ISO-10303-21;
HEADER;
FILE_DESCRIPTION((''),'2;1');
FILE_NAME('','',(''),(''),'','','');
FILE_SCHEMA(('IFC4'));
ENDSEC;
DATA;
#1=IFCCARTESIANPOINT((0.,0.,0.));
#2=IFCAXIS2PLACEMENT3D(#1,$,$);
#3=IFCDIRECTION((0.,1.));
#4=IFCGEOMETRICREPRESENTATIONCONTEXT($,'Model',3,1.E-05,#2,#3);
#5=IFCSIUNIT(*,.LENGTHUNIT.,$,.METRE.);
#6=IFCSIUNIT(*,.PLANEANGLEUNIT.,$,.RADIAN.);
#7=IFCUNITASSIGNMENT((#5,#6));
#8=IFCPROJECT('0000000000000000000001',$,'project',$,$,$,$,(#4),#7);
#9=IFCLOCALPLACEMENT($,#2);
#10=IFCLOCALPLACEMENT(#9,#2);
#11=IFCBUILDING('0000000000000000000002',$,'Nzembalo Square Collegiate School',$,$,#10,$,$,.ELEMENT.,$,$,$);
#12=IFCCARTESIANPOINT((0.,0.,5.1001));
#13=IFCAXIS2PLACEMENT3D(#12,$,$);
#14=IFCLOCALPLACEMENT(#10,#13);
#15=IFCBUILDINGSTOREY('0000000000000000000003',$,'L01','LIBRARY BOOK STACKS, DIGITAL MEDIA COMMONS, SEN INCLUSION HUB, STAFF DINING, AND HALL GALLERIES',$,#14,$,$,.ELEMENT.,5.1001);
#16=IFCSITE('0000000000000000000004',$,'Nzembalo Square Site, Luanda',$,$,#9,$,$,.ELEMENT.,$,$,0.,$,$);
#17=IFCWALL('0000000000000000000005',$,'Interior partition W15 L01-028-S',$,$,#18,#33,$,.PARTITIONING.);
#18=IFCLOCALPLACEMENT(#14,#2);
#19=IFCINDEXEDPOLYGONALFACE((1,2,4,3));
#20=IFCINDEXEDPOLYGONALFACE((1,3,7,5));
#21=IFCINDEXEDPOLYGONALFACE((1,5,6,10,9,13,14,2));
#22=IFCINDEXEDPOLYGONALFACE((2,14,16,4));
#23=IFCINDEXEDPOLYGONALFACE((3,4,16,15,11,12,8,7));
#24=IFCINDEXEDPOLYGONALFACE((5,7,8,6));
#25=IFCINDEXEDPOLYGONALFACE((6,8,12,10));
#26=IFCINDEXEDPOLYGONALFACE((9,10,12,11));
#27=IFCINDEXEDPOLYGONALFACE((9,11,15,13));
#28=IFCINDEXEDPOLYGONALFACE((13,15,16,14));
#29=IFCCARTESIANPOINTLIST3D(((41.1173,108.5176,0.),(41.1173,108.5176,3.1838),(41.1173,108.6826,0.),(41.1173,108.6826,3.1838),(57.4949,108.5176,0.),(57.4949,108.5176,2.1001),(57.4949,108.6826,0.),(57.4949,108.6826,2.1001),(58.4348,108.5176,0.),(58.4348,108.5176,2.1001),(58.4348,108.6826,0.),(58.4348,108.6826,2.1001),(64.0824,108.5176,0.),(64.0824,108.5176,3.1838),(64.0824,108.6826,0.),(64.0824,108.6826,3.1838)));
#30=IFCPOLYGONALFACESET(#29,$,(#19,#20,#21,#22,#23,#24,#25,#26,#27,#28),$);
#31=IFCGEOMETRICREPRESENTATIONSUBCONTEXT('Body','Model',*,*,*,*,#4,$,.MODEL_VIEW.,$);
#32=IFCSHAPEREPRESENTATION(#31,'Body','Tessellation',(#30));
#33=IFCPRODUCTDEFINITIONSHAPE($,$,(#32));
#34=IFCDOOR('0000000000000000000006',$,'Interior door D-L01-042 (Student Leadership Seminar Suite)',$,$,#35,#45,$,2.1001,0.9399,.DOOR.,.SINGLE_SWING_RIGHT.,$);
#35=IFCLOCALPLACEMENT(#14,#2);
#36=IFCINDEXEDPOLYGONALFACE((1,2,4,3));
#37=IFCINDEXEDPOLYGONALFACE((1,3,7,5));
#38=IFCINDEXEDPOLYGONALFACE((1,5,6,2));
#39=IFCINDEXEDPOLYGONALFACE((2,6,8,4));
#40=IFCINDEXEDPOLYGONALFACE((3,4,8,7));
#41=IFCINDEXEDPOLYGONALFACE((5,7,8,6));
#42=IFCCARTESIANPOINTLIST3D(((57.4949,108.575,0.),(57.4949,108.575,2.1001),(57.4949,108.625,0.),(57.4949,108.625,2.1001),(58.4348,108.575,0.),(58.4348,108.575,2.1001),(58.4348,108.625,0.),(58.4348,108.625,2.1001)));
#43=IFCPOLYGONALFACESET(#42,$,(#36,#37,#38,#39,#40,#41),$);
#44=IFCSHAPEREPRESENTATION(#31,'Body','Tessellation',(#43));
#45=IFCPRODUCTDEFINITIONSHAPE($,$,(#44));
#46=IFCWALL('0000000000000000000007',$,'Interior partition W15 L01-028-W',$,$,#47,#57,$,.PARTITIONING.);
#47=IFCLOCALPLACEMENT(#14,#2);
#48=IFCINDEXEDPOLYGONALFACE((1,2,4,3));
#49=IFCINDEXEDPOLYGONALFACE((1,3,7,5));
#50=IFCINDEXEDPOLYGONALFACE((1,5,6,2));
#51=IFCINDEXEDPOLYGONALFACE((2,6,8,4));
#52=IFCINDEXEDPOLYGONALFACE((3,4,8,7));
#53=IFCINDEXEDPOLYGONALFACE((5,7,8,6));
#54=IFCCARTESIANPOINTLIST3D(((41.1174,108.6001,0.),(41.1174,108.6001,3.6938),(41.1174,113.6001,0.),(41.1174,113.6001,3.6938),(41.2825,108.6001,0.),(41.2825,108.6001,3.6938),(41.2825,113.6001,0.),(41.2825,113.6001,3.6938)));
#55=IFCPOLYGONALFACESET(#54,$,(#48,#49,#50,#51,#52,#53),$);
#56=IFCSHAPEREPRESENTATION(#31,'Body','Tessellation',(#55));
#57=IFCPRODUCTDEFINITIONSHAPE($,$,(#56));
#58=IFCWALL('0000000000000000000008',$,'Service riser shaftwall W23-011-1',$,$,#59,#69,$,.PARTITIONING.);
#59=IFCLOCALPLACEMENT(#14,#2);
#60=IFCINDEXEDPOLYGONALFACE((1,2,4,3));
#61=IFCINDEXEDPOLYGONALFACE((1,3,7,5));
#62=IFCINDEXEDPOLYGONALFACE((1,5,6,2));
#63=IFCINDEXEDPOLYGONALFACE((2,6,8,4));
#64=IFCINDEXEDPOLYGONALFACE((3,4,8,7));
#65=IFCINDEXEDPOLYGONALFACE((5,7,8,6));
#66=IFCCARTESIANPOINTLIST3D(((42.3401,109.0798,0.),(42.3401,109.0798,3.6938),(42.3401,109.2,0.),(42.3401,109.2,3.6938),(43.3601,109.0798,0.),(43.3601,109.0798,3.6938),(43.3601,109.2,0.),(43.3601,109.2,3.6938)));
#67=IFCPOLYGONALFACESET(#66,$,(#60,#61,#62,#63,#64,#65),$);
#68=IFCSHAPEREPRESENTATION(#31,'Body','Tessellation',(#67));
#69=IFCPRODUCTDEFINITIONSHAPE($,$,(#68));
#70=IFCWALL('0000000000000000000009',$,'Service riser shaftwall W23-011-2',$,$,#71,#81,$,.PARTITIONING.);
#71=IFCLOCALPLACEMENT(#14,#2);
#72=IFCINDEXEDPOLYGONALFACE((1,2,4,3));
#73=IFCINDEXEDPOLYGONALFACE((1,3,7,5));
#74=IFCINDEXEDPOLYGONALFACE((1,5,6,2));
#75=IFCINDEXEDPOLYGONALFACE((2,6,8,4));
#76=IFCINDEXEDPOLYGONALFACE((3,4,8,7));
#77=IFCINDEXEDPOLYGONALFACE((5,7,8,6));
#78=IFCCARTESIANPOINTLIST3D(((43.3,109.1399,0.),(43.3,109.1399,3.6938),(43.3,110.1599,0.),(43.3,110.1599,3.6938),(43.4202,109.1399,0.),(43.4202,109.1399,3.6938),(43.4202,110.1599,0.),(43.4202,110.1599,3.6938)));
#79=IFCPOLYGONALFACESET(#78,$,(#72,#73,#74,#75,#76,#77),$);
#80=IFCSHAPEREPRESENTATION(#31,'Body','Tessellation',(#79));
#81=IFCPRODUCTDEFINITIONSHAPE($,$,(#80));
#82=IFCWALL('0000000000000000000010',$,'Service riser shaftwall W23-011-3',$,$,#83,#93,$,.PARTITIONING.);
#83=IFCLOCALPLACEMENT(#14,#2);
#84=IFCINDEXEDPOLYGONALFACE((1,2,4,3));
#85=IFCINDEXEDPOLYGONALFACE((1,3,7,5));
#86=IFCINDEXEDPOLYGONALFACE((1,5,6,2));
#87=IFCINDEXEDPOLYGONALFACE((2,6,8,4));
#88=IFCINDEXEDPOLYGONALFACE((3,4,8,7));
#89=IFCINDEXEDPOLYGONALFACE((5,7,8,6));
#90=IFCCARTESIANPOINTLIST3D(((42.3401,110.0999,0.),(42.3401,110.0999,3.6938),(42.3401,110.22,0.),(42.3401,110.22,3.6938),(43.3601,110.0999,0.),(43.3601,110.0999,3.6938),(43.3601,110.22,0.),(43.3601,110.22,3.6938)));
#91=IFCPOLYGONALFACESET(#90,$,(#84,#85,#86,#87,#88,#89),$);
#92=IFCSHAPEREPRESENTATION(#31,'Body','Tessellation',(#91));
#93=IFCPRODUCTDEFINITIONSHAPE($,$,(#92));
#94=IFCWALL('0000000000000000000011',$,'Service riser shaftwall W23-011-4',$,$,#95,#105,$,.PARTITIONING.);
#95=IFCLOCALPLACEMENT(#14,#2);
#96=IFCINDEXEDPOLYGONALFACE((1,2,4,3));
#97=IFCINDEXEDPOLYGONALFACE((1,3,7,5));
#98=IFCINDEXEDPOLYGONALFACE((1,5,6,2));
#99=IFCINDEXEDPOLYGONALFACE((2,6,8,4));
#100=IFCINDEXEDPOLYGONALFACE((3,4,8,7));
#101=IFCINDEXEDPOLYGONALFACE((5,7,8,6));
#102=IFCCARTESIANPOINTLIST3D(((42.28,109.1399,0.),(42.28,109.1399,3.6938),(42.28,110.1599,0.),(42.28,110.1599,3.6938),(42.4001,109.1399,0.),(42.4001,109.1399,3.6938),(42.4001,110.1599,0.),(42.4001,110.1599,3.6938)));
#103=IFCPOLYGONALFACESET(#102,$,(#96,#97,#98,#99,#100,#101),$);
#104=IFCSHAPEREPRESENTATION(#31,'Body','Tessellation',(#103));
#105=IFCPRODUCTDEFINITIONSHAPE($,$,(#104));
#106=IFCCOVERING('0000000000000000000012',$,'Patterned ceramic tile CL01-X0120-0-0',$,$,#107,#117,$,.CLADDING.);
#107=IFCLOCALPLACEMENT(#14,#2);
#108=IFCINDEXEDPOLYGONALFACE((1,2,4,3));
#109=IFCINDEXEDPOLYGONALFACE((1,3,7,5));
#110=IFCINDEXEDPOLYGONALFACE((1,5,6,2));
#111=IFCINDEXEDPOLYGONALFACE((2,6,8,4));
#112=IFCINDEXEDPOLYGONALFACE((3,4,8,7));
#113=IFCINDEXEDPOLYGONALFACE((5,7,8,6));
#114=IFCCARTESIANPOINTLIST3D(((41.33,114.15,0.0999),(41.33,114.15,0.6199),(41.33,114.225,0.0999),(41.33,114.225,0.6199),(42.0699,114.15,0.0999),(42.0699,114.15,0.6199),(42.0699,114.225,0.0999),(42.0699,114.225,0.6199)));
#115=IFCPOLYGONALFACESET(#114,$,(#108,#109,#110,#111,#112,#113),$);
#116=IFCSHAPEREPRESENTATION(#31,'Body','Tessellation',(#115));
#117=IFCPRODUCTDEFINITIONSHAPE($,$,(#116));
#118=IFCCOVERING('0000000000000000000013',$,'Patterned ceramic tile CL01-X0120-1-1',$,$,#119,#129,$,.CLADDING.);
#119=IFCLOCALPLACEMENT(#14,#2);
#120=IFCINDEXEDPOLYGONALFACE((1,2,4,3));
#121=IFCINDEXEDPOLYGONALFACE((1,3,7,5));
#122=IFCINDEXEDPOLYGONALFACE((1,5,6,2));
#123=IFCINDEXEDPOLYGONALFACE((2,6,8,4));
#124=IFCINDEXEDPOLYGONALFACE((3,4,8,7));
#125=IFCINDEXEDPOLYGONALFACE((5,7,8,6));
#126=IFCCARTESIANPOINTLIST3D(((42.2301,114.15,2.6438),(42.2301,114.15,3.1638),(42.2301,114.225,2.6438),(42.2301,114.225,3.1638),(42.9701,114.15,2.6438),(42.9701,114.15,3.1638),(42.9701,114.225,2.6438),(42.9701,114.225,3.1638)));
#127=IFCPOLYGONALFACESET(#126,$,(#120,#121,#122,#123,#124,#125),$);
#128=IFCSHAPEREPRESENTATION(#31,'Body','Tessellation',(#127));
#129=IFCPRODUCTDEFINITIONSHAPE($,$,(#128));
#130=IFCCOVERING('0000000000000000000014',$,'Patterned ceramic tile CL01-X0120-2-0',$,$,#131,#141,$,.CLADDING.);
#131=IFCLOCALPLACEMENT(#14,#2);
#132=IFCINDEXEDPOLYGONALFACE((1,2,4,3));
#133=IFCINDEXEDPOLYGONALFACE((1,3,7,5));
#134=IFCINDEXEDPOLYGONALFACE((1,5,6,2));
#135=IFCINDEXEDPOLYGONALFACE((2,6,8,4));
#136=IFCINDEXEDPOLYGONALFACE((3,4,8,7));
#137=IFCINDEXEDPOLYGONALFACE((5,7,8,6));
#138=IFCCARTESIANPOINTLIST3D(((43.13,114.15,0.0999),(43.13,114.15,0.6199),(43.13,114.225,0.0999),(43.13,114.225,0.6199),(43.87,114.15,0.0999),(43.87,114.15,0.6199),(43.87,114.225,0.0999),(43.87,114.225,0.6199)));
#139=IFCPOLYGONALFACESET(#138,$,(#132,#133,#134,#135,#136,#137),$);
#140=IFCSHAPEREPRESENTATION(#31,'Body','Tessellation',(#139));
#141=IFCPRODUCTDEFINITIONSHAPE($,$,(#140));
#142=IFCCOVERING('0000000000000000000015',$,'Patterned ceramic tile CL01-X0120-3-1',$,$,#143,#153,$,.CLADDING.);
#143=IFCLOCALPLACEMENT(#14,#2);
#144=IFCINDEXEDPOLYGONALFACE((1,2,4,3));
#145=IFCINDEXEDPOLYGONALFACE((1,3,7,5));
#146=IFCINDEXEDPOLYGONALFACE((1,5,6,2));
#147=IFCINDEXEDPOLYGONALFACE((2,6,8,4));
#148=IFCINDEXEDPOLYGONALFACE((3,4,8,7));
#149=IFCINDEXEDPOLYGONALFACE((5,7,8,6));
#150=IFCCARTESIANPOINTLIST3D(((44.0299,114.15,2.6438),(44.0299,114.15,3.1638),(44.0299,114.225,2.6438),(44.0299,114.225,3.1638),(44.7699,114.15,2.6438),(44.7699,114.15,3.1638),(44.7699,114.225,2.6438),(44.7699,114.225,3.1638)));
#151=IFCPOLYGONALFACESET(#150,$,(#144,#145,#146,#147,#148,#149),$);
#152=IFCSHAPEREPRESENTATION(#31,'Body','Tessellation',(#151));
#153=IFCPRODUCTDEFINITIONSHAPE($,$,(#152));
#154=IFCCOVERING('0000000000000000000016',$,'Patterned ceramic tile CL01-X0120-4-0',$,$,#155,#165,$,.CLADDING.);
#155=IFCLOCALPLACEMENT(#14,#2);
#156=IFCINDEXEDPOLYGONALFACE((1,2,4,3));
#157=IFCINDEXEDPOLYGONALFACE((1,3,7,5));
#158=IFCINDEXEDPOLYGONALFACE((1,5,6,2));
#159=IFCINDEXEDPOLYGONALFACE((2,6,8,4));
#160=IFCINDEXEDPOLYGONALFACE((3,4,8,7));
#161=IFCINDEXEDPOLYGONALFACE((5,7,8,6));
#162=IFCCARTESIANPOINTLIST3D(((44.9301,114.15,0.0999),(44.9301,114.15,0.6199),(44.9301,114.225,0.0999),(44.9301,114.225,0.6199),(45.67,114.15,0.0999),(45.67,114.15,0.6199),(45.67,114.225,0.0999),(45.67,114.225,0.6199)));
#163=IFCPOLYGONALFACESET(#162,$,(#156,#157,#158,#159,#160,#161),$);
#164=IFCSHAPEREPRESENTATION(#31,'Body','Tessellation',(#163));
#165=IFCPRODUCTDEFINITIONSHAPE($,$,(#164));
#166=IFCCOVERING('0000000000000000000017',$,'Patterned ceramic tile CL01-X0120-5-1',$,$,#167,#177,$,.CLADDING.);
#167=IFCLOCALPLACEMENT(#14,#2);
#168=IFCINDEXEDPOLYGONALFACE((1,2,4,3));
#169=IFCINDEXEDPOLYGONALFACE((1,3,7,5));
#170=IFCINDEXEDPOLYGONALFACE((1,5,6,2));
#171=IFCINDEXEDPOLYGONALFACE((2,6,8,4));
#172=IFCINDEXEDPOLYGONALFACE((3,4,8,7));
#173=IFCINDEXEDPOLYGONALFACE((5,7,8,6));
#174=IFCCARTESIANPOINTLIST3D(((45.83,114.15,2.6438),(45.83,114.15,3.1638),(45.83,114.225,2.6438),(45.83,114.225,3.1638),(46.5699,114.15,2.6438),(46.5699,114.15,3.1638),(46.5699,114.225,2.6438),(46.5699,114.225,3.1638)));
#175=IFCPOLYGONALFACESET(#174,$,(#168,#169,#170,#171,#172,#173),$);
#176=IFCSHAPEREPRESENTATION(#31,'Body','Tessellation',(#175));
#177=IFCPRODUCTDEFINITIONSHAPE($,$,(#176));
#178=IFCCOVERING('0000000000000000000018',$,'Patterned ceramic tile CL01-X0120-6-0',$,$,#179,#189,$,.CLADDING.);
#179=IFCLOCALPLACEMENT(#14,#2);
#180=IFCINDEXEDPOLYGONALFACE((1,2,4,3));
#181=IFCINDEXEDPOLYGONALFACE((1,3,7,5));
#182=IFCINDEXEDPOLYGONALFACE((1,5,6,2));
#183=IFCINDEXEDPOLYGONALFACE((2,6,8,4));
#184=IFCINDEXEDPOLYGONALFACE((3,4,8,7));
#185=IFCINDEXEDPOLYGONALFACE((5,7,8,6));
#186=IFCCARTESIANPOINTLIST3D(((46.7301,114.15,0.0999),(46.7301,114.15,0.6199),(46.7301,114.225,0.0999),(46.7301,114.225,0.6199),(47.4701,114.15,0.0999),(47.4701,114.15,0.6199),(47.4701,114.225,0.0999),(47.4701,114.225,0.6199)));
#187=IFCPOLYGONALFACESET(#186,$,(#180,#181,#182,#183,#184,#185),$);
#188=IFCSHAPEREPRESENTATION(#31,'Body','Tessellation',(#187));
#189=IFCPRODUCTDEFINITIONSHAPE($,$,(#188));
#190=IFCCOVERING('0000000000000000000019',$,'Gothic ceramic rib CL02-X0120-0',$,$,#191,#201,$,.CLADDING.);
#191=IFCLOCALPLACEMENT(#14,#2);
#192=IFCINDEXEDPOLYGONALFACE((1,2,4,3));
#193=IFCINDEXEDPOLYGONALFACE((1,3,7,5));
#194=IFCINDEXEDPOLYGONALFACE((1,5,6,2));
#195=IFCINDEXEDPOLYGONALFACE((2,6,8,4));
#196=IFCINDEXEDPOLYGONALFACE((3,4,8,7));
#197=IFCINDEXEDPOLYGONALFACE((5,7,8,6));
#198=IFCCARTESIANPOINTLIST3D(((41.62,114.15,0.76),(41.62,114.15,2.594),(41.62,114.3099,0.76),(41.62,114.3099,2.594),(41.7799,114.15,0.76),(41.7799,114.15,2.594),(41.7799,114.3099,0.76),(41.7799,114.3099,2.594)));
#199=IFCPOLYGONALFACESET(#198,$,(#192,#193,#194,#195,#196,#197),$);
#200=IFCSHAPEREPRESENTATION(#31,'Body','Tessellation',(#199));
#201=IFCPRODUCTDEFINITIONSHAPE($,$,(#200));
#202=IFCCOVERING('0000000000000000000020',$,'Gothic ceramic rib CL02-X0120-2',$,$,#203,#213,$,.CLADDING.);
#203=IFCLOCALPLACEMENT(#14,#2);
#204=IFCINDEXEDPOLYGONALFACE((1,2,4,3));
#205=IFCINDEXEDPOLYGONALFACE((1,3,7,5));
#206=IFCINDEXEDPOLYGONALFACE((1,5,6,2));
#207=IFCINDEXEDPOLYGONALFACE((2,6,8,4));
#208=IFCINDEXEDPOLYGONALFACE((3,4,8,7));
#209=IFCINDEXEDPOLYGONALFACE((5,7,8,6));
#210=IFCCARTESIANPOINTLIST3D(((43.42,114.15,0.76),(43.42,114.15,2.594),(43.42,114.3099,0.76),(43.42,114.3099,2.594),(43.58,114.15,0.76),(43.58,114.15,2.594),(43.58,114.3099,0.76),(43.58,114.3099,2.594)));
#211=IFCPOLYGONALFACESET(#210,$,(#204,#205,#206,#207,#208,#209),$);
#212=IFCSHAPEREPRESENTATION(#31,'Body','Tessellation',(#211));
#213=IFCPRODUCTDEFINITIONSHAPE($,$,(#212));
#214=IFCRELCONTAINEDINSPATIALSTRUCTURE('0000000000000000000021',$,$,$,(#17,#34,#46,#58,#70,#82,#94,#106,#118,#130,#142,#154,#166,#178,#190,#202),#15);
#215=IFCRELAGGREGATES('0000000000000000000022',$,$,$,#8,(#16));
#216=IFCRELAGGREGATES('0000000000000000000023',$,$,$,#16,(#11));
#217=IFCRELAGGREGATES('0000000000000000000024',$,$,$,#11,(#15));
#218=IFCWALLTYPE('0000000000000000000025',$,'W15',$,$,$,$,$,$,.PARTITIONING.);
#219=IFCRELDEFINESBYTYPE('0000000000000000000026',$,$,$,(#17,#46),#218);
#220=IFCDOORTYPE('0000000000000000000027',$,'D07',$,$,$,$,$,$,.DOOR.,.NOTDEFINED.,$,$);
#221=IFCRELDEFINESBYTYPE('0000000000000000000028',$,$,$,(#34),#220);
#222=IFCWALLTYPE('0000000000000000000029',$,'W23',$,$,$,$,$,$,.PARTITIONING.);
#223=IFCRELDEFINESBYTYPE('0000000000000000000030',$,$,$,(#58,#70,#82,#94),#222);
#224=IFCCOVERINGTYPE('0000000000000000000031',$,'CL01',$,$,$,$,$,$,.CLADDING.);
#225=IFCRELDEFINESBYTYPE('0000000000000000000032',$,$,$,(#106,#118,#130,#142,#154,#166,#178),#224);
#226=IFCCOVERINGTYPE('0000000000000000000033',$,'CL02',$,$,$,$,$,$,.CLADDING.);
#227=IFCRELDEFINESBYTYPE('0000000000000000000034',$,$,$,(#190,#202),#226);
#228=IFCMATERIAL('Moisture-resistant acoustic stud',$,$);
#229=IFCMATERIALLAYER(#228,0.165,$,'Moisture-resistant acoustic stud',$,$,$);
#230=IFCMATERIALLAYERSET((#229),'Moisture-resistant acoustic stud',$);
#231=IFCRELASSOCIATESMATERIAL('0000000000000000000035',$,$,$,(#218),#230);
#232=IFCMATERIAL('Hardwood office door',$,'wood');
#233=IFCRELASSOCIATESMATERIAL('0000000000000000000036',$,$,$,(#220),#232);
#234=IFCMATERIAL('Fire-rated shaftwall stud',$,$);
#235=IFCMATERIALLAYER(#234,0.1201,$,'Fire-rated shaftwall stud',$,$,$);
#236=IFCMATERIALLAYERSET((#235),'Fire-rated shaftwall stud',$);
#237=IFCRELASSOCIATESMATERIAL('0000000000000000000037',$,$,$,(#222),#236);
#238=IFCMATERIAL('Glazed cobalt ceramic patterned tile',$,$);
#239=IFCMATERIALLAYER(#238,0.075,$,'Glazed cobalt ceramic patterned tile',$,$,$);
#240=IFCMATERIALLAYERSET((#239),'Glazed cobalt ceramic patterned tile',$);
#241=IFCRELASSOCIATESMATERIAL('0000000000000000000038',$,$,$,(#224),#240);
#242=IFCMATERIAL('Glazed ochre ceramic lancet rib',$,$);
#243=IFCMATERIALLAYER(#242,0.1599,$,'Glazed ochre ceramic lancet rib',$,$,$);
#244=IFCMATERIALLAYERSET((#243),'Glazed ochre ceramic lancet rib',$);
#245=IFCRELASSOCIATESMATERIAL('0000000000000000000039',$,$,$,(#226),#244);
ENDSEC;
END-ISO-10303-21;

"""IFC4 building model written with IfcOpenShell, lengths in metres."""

from ifc_helpers import new_model, si_unit, direction, frame, frame_2d, origin, origin_2d, place, context, subcontext, project, spatial, rectangle, extrude, material, layer, layer_set, type_object, element, fill, save


model = new_model("IFC4")

# Units and contexts
model_context = context("Model", 3, precision=1e-05, world=origin(), true_north=direction((0.0, 1.0)))
body_context = subcontext(model_context, "Body", "Model", "MODEL_VIEW")
ifc_project = project(units=[si_unit("LENGTHUNIT", "METRE"), si_unit("PLANEANGLEUNIT", "RADIAN")], contexts=[model_context])

# Site, building, storey
site_placement = place(None, origin())
site = spatial("IfcSite", under=ifc_project, at=site_placement, Name="Nzembalo Square Site, Luanda", CompositionType="ELEMENT", RefElevation=0.0)
building_placement = place(site_placement, origin())
building = spatial("IfcBuilding", under=site, at=building_placement, Name="Nzembalo Square Collegiate School", CompositionType="ELEMENT")
storey_placement = place(building_placement, frame((0.0, 0.0, 5.1001)))
storey = spatial("IfcBuildingStorey", under=building, at=storey_placement, Name="L01", Description="LIBRARY BOOK STACKS, DIGITAL MEDIA COMMONS, SEN INCLUSION HUB, STAFF DINING, AND HALL GALLERIES", CompositionType="ELEMENT", Elevation=5.1001)

# Wall, opening, door
ifc_material_1 = material(Name="Moisture-resistant acoustic stud")
ifc_layer_1 = layer(ifc_material_1, 0.165, Name="Moisture-resistant acoustic stud")
ifc_layer_set_1 = layer_set([ifc_layer_1], Name="Moisture-resistant acoustic stud")
wall_type_1 = type_object("IfcWallType", Name="W15", PredefinedType="PARTITIONING", material=ifc_layer_set_1)
wall_1_placement = place(storey_placement, frame((41.1174, 108.6001, 0.0), z_axis=(0.0, 0.0, 1.0), x_axis=(1.0, 0.0, 0.0)))
wall_1 = element("IfcWall", 1, at=wall_1_placement, inside=storey, type_object=wall_type_1, Name="Interior partition W15 L01-028-S", PredefinedType="PARTITIONING", context=body_context, shape_type="SweptSolid", body=[
    extrude(rectangle(XDim=22.9651, YDim=0.165, at=frame_2d((11.4824, 0.0))), origin(), (0.0, 0.0, 1.0), 3.1838),
])
opening_placement = place(wall_1_placement, frame((16.3774, 0.0, 0.0)))
opening = element("IfcOpeningElement", 2, at=opening_placement, cuts=wall_1, PredefinedType="OPENING", context=body_context, shape_type="SweptSolid", body=[
    extrude(rectangle(XDim=0.9399, YDim=2.1001, at=frame_2d((0.47, 1.05))), frame((0.0, 0.0925, 0.0), z_axis=(0.0, -1.0, 0.0), x_axis=(1.0, 0.0, 0.0)), (0.0, 0.0, 1.0), 0.1851),
])
ifc_material_2 = material(Name="Hardwood office door", Category="wood")
door_type = type_object("IfcDoorType", Name="D07", OperationType="NOTDEFINED", PredefinedType="DOOR", material=ifc_material_2)
door_placement = place(opening_placement, origin())
door = element("IfcDoor", 3, at=door_placement, inside=storey, type_object=door_type, Name="Interior door D-L01-042 (Student Leadership Seminar Suite)", OperationType="SINGLE_SWING_RIGHT", OverallHeight=2.1001, OverallWidth=0.9399, PredefinedType="DOOR", context=body_context, shape_type="SweptSolid", body=[
    extrude(rectangle(XDim=0.9399, YDim=2.1001, at=frame_2d((0.47, 1.05))), frame((0.0, 0.0249, 0.0), z_axis=(0.0, -1.0, 0.0), x_axis=(1.0, 0.0, 0.0)), (0.0, 0.0, 1.0), 0.05),
])
fill(opening, door)

# Walls
wall_2_placement = place(storey_placement, frame((41.2, 108.6001, 0.0), z_axis=(0.0, 0.0, 1.0), x_axis=(0.0, 1.0, 0.0)))
element("IfcWall", 4, at=wall_2_placement, inside=storey, type_object=wall_type_1, Name="Interior partition W15 L01-028-W", PredefinedType="PARTITIONING", context=body_context, shape_type="SweptSolid", body=[
    extrude(rectangle(XDim=5.0, YDim=0.165, at=frame_2d((2.5, 0.0))), origin(), (0.0, 0.0, 1.0), 3.6938),
])
ifc_material_3 = material(Name="Fire-rated shaftwall stud")
ifc_layer_2 = layer(ifc_material_3, 0.1201, Name="Fire-rated shaftwall stud")
ifc_layer_set_2 = layer_set([ifc_layer_2], Name="Fire-rated shaftwall stud")
wall_type_2 = type_object("IfcWallType", Name="W23", PredefinedType="PARTITIONING", material=ifc_layer_set_2)
for number, where, z_axis, x_axis, name in (
    (5, (42.3401, 109.1399, 0.0), (0.0, 0.0, 1.0), (1.0, 0.0, 0.0), "Service riser shaftwall W23-011-1"),
    (6, (43.3601, 109.1399, 0.0), (0.0, 0.0, 1.0), (0.0, 1.0, 0.0), "Service riser shaftwall W23-011-2"),
    (7, (43.3601, 110.1599, 0.0), (0.0, 0.0, 1.0), (-1.0, 0.0, 0.0), "Service riser shaftwall W23-011-3"),
    (8, (42.3401, 110.1599, 0.0), (0.0, 0.0, 1.0), (0.0, -1.0, 0.0), "Service riser shaftwall W23-011-4"),
):
    element("IfcWall", number, at=place(storey_placement, frame(where, z_axis=z_axis, x_axis=x_axis)), inside=storey, type_object=wall_type_2, Name=name, PredefinedType="PARTITIONING", context=body_context, shape_type="SweptSolid", body=[
        extrude(rectangle(XDim=1.02, YDim=0.1201, at=frame_2d((0.51, 0.0))), origin(), (0.0, 0.0, 1.0), 3.6938),
    ])

# Coverings
ifc_material_4 = material(Name="Glazed cobalt ceramic patterned tile")
ifc_layer_3 = layer(ifc_material_4, 0.075, Name="Glazed cobalt ceramic patterned tile")
ifc_layer_set_3 = layer_set([ifc_layer_3], Name="Glazed cobalt ceramic patterned tile")
covering_type_1 = type_object("IfcCoveringType", Name="CL01", PredefinedType="CLADDING", material=ifc_layer_set_3)
for number, where, z_axis, x_axis, name in (
    (9, (41.7, 114.1875, 0.0999), (0.0, 0.0, 1.0), (1.0, 0.0, 0.0), "Patterned ceramic tile CL01-X0120-0-0"),
    (10, (42.6001, 114.1875, 2.6438), (0.0, 0.0, 1.0), (1.0, 0.0, 0.0), "Patterned ceramic tile CL01-X0120-1-1"),
    (11, (43.5, 114.1875, 0.0999), (0.0, 0.0, 1.0), (1.0, 0.0, 0.0), "Patterned ceramic tile CL01-X0120-2-0"),
    (12, (44.3999, 114.1875, 2.6438), (0.0, 0.0, 1.0), (1.0, 0.0, 0.0), "Patterned ceramic tile CL01-X0120-3-1"),
    (13, (45.3, 114.1875, 0.0999), (0.0, 0.0, 1.0), (1.0, 0.0, 0.0), "Patterned ceramic tile CL01-X0120-4-0"),
    (14, (46.2, 114.1875, 2.6438), (0.0, 0.0, 1.0), (1.0, 0.0, 0.0), "Patterned ceramic tile CL01-X0120-5-1"),
    (15, (47.1001, 114.1875, 0.0999), (0.0, 0.0, 1.0), (1.0, 0.0, 0.0), "Patterned ceramic tile CL01-X0120-6-0"),
):
    element("IfcCovering", number, at=place(storey_placement, frame(where, z_axis=z_axis, x_axis=x_axis)), inside=storey, type_object=covering_type_1, Name=name, PredefinedType="CLADDING", context=body_context, shape_type="SweptSolid", body=[
        extrude(rectangle(XDim=0.74, YDim=0.075, at=origin_2d()), origin(), (0.0, 0.0, 1.0), 0.52),
    ])
ifc_material_5 = material(Name="Glazed ochre ceramic lancet rib")
ifc_layer_4 = layer(ifc_material_5, 0.1599, Name="Glazed ochre ceramic lancet rib")
ifc_layer_set_4 = layer_set([ifc_layer_4], Name="Glazed ochre ceramic lancet rib")
covering_type_2 = type_object("IfcCoveringType", Name="CL02", PredefinedType="CLADDING", material=ifc_layer_set_4)
for number, where, z_axis, x_axis, name in (
    (16, (41.7, 114.23, 0.76), (0.0, 0.0, 1.0), (1.0, 0.0, 0.0), "Gothic ceramic rib CL02-X0120-0"),
    (17, (43.5, 114.23, 0.76), (0.0, 0.0, 1.0), (1.0, 0.0, 0.0), "Gothic ceramic rib CL02-X0120-2"),
):
    element("IfcCovering", number, at=place(storey_placement, frame(where, z_axis=z_axis, x_axis=x_axis)), inside=storey, type_object=covering_type_2, Name=name, PredefinedType="CLADDING", context=body_context, shape_type="SweptSolid", body=[
        extrude(rectangle(XDim=0.1599, YDim=0.1599, at=origin_2d()), origin(), (0.0, 0.0, 1.0), 1.834),
    ])

save(model, "model.ifc")
